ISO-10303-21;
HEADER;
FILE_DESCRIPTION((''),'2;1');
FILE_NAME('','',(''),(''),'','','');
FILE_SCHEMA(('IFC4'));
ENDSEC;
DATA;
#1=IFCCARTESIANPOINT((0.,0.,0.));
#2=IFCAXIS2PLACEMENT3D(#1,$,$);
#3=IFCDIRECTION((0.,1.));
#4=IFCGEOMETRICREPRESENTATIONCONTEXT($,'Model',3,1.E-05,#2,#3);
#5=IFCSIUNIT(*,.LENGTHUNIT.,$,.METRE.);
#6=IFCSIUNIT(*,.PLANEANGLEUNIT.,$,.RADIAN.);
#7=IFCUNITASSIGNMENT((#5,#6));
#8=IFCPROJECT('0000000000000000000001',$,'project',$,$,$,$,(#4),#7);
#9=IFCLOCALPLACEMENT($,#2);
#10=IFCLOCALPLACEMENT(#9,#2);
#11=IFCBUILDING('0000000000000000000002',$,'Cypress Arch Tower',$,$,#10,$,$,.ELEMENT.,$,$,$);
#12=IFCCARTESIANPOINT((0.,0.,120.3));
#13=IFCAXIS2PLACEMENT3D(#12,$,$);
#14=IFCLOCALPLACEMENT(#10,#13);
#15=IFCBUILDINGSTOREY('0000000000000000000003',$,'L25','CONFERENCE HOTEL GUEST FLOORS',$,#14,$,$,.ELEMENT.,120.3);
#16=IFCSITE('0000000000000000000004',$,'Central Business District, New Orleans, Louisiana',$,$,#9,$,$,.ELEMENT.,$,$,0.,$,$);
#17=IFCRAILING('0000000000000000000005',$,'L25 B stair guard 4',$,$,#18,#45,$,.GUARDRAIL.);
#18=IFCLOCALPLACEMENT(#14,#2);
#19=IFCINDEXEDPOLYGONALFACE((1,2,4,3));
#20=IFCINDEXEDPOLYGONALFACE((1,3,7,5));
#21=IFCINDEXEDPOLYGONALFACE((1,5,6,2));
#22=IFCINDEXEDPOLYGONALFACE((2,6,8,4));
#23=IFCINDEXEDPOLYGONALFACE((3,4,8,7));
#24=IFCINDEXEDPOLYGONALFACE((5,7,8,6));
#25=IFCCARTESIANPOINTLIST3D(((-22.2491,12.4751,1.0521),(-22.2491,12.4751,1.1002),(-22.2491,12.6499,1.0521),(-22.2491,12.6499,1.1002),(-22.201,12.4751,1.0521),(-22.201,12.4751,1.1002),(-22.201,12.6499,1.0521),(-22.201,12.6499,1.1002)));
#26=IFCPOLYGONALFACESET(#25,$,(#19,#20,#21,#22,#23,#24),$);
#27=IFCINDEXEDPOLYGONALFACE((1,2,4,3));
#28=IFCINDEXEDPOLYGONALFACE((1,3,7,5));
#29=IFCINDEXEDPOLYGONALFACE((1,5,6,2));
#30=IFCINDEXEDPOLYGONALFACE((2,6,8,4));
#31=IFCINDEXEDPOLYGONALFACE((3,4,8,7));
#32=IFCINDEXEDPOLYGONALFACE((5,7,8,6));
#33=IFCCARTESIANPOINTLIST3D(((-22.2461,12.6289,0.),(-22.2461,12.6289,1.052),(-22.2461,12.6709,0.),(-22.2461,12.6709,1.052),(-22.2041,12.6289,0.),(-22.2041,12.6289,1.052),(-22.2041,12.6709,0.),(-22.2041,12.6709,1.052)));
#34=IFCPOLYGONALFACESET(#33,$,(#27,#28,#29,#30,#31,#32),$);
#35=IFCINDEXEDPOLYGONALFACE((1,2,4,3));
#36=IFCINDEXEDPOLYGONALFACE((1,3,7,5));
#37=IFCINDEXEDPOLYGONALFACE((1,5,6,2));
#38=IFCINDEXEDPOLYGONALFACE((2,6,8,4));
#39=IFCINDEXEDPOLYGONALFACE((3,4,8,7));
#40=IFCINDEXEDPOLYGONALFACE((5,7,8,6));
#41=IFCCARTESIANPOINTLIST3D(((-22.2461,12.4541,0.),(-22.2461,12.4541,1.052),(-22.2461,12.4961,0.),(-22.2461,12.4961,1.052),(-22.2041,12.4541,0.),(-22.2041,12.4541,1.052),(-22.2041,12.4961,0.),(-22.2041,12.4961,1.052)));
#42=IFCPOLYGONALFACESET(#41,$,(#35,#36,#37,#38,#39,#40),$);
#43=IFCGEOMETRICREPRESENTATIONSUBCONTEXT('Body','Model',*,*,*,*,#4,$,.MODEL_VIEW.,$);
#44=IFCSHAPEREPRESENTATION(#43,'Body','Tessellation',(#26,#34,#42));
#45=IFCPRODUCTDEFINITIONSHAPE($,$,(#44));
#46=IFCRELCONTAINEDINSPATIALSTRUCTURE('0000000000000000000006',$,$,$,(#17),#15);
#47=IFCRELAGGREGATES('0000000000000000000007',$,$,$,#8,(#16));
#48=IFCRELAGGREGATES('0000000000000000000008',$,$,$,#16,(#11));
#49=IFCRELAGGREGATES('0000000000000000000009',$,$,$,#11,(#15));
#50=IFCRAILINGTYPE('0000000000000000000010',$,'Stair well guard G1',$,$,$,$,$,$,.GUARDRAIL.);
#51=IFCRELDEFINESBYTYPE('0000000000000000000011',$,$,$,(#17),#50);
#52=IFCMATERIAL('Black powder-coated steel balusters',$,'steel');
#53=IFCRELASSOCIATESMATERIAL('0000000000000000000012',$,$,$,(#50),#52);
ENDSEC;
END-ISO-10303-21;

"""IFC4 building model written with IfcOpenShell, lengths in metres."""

from ifc_helpers import new_model, si_unit, direction, frame, origin, origin_2d, place, context, subcontext, project, spatial, rectangle, extrude, material, type_object, element, save


model = new_model("IFC4")

# Units and contexts
model_context = context("Model", 3, precision=1e-05, world=origin(), true_north=direction((0.0, 1.0)))
body_context = subcontext(model_context, "Body", "Model", "MODEL_VIEW")
ifc_project = project(units=[si_unit("LENGTHUNIT", "METRE"), si_unit("PLANEANGLEUNIT", "RADIAN")], contexts=[model_context])

# Site, building, storey
site_placement = place(None, origin())
site = spatial("IfcSite", under=ifc_project, at=site_placement, Name="Central Business District, New Orleans, Louisiana", CompositionType="ELEMENT", RefElevation=0.0)
building_placement = place(site_placement, origin())
building = spatial("IfcBuilding", under=site, at=building_placement, Name="Cypress Arch Tower", CompositionType="ELEMENT")
storey_placement = place(building_placement, frame((0.0, 0.0, 120.3)))
storey = spatial("IfcBuildingStorey", under=building, at=storey_placement, Name="L25", Description="CONFERENCE HOTEL GUEST FLOORS", CompositionType="ELEMENT", Elevation=120.3)

# Railing
ifc_material_1 = material(Name="Black powder-coated steel balusters", Category="steel")
railing_type_1 = type_object("IfcRailingType", Name="Stair well guard G1", PredefinedType="GUARDRAIL", material=ifc_material_1)
railing_1_placement = place(storey_placement, frame((-22.2251, 12.6499, 0.0)))
element("IfcRailing", 1, at=railing_1_placement, inside=storey, type_object=railing_type_1, Name="L25 B stair guard 4", PredefinedType="GUARDRAIL", context=body_context, shape_type="SweptSolid", body=[
    extrude(rectangle(XDim=0.0481, YDim=0.0481, at=origin_2d()), frame((0.0, 0.0, 1.0762), z_axis=(0.0, -1.0, 0.0), x_axis=(1.0, 0.0, 0.0)), (0.0, 0.0, 1.0), 0.1748),
    extrude(rectangle(XDim=0.042, YDim=0.042, at=origin_2d()), origin(), (0.0, 0.0, 1.0), 1.052),
    extrude(rectangle(XDim=0.042, YDim=0.042, at=origin_2d()), frame((0.0, -0.1748, 0.0)), (0.0, 0.0, 1.0), 1.052),
])

save(model, "model.ifc")
